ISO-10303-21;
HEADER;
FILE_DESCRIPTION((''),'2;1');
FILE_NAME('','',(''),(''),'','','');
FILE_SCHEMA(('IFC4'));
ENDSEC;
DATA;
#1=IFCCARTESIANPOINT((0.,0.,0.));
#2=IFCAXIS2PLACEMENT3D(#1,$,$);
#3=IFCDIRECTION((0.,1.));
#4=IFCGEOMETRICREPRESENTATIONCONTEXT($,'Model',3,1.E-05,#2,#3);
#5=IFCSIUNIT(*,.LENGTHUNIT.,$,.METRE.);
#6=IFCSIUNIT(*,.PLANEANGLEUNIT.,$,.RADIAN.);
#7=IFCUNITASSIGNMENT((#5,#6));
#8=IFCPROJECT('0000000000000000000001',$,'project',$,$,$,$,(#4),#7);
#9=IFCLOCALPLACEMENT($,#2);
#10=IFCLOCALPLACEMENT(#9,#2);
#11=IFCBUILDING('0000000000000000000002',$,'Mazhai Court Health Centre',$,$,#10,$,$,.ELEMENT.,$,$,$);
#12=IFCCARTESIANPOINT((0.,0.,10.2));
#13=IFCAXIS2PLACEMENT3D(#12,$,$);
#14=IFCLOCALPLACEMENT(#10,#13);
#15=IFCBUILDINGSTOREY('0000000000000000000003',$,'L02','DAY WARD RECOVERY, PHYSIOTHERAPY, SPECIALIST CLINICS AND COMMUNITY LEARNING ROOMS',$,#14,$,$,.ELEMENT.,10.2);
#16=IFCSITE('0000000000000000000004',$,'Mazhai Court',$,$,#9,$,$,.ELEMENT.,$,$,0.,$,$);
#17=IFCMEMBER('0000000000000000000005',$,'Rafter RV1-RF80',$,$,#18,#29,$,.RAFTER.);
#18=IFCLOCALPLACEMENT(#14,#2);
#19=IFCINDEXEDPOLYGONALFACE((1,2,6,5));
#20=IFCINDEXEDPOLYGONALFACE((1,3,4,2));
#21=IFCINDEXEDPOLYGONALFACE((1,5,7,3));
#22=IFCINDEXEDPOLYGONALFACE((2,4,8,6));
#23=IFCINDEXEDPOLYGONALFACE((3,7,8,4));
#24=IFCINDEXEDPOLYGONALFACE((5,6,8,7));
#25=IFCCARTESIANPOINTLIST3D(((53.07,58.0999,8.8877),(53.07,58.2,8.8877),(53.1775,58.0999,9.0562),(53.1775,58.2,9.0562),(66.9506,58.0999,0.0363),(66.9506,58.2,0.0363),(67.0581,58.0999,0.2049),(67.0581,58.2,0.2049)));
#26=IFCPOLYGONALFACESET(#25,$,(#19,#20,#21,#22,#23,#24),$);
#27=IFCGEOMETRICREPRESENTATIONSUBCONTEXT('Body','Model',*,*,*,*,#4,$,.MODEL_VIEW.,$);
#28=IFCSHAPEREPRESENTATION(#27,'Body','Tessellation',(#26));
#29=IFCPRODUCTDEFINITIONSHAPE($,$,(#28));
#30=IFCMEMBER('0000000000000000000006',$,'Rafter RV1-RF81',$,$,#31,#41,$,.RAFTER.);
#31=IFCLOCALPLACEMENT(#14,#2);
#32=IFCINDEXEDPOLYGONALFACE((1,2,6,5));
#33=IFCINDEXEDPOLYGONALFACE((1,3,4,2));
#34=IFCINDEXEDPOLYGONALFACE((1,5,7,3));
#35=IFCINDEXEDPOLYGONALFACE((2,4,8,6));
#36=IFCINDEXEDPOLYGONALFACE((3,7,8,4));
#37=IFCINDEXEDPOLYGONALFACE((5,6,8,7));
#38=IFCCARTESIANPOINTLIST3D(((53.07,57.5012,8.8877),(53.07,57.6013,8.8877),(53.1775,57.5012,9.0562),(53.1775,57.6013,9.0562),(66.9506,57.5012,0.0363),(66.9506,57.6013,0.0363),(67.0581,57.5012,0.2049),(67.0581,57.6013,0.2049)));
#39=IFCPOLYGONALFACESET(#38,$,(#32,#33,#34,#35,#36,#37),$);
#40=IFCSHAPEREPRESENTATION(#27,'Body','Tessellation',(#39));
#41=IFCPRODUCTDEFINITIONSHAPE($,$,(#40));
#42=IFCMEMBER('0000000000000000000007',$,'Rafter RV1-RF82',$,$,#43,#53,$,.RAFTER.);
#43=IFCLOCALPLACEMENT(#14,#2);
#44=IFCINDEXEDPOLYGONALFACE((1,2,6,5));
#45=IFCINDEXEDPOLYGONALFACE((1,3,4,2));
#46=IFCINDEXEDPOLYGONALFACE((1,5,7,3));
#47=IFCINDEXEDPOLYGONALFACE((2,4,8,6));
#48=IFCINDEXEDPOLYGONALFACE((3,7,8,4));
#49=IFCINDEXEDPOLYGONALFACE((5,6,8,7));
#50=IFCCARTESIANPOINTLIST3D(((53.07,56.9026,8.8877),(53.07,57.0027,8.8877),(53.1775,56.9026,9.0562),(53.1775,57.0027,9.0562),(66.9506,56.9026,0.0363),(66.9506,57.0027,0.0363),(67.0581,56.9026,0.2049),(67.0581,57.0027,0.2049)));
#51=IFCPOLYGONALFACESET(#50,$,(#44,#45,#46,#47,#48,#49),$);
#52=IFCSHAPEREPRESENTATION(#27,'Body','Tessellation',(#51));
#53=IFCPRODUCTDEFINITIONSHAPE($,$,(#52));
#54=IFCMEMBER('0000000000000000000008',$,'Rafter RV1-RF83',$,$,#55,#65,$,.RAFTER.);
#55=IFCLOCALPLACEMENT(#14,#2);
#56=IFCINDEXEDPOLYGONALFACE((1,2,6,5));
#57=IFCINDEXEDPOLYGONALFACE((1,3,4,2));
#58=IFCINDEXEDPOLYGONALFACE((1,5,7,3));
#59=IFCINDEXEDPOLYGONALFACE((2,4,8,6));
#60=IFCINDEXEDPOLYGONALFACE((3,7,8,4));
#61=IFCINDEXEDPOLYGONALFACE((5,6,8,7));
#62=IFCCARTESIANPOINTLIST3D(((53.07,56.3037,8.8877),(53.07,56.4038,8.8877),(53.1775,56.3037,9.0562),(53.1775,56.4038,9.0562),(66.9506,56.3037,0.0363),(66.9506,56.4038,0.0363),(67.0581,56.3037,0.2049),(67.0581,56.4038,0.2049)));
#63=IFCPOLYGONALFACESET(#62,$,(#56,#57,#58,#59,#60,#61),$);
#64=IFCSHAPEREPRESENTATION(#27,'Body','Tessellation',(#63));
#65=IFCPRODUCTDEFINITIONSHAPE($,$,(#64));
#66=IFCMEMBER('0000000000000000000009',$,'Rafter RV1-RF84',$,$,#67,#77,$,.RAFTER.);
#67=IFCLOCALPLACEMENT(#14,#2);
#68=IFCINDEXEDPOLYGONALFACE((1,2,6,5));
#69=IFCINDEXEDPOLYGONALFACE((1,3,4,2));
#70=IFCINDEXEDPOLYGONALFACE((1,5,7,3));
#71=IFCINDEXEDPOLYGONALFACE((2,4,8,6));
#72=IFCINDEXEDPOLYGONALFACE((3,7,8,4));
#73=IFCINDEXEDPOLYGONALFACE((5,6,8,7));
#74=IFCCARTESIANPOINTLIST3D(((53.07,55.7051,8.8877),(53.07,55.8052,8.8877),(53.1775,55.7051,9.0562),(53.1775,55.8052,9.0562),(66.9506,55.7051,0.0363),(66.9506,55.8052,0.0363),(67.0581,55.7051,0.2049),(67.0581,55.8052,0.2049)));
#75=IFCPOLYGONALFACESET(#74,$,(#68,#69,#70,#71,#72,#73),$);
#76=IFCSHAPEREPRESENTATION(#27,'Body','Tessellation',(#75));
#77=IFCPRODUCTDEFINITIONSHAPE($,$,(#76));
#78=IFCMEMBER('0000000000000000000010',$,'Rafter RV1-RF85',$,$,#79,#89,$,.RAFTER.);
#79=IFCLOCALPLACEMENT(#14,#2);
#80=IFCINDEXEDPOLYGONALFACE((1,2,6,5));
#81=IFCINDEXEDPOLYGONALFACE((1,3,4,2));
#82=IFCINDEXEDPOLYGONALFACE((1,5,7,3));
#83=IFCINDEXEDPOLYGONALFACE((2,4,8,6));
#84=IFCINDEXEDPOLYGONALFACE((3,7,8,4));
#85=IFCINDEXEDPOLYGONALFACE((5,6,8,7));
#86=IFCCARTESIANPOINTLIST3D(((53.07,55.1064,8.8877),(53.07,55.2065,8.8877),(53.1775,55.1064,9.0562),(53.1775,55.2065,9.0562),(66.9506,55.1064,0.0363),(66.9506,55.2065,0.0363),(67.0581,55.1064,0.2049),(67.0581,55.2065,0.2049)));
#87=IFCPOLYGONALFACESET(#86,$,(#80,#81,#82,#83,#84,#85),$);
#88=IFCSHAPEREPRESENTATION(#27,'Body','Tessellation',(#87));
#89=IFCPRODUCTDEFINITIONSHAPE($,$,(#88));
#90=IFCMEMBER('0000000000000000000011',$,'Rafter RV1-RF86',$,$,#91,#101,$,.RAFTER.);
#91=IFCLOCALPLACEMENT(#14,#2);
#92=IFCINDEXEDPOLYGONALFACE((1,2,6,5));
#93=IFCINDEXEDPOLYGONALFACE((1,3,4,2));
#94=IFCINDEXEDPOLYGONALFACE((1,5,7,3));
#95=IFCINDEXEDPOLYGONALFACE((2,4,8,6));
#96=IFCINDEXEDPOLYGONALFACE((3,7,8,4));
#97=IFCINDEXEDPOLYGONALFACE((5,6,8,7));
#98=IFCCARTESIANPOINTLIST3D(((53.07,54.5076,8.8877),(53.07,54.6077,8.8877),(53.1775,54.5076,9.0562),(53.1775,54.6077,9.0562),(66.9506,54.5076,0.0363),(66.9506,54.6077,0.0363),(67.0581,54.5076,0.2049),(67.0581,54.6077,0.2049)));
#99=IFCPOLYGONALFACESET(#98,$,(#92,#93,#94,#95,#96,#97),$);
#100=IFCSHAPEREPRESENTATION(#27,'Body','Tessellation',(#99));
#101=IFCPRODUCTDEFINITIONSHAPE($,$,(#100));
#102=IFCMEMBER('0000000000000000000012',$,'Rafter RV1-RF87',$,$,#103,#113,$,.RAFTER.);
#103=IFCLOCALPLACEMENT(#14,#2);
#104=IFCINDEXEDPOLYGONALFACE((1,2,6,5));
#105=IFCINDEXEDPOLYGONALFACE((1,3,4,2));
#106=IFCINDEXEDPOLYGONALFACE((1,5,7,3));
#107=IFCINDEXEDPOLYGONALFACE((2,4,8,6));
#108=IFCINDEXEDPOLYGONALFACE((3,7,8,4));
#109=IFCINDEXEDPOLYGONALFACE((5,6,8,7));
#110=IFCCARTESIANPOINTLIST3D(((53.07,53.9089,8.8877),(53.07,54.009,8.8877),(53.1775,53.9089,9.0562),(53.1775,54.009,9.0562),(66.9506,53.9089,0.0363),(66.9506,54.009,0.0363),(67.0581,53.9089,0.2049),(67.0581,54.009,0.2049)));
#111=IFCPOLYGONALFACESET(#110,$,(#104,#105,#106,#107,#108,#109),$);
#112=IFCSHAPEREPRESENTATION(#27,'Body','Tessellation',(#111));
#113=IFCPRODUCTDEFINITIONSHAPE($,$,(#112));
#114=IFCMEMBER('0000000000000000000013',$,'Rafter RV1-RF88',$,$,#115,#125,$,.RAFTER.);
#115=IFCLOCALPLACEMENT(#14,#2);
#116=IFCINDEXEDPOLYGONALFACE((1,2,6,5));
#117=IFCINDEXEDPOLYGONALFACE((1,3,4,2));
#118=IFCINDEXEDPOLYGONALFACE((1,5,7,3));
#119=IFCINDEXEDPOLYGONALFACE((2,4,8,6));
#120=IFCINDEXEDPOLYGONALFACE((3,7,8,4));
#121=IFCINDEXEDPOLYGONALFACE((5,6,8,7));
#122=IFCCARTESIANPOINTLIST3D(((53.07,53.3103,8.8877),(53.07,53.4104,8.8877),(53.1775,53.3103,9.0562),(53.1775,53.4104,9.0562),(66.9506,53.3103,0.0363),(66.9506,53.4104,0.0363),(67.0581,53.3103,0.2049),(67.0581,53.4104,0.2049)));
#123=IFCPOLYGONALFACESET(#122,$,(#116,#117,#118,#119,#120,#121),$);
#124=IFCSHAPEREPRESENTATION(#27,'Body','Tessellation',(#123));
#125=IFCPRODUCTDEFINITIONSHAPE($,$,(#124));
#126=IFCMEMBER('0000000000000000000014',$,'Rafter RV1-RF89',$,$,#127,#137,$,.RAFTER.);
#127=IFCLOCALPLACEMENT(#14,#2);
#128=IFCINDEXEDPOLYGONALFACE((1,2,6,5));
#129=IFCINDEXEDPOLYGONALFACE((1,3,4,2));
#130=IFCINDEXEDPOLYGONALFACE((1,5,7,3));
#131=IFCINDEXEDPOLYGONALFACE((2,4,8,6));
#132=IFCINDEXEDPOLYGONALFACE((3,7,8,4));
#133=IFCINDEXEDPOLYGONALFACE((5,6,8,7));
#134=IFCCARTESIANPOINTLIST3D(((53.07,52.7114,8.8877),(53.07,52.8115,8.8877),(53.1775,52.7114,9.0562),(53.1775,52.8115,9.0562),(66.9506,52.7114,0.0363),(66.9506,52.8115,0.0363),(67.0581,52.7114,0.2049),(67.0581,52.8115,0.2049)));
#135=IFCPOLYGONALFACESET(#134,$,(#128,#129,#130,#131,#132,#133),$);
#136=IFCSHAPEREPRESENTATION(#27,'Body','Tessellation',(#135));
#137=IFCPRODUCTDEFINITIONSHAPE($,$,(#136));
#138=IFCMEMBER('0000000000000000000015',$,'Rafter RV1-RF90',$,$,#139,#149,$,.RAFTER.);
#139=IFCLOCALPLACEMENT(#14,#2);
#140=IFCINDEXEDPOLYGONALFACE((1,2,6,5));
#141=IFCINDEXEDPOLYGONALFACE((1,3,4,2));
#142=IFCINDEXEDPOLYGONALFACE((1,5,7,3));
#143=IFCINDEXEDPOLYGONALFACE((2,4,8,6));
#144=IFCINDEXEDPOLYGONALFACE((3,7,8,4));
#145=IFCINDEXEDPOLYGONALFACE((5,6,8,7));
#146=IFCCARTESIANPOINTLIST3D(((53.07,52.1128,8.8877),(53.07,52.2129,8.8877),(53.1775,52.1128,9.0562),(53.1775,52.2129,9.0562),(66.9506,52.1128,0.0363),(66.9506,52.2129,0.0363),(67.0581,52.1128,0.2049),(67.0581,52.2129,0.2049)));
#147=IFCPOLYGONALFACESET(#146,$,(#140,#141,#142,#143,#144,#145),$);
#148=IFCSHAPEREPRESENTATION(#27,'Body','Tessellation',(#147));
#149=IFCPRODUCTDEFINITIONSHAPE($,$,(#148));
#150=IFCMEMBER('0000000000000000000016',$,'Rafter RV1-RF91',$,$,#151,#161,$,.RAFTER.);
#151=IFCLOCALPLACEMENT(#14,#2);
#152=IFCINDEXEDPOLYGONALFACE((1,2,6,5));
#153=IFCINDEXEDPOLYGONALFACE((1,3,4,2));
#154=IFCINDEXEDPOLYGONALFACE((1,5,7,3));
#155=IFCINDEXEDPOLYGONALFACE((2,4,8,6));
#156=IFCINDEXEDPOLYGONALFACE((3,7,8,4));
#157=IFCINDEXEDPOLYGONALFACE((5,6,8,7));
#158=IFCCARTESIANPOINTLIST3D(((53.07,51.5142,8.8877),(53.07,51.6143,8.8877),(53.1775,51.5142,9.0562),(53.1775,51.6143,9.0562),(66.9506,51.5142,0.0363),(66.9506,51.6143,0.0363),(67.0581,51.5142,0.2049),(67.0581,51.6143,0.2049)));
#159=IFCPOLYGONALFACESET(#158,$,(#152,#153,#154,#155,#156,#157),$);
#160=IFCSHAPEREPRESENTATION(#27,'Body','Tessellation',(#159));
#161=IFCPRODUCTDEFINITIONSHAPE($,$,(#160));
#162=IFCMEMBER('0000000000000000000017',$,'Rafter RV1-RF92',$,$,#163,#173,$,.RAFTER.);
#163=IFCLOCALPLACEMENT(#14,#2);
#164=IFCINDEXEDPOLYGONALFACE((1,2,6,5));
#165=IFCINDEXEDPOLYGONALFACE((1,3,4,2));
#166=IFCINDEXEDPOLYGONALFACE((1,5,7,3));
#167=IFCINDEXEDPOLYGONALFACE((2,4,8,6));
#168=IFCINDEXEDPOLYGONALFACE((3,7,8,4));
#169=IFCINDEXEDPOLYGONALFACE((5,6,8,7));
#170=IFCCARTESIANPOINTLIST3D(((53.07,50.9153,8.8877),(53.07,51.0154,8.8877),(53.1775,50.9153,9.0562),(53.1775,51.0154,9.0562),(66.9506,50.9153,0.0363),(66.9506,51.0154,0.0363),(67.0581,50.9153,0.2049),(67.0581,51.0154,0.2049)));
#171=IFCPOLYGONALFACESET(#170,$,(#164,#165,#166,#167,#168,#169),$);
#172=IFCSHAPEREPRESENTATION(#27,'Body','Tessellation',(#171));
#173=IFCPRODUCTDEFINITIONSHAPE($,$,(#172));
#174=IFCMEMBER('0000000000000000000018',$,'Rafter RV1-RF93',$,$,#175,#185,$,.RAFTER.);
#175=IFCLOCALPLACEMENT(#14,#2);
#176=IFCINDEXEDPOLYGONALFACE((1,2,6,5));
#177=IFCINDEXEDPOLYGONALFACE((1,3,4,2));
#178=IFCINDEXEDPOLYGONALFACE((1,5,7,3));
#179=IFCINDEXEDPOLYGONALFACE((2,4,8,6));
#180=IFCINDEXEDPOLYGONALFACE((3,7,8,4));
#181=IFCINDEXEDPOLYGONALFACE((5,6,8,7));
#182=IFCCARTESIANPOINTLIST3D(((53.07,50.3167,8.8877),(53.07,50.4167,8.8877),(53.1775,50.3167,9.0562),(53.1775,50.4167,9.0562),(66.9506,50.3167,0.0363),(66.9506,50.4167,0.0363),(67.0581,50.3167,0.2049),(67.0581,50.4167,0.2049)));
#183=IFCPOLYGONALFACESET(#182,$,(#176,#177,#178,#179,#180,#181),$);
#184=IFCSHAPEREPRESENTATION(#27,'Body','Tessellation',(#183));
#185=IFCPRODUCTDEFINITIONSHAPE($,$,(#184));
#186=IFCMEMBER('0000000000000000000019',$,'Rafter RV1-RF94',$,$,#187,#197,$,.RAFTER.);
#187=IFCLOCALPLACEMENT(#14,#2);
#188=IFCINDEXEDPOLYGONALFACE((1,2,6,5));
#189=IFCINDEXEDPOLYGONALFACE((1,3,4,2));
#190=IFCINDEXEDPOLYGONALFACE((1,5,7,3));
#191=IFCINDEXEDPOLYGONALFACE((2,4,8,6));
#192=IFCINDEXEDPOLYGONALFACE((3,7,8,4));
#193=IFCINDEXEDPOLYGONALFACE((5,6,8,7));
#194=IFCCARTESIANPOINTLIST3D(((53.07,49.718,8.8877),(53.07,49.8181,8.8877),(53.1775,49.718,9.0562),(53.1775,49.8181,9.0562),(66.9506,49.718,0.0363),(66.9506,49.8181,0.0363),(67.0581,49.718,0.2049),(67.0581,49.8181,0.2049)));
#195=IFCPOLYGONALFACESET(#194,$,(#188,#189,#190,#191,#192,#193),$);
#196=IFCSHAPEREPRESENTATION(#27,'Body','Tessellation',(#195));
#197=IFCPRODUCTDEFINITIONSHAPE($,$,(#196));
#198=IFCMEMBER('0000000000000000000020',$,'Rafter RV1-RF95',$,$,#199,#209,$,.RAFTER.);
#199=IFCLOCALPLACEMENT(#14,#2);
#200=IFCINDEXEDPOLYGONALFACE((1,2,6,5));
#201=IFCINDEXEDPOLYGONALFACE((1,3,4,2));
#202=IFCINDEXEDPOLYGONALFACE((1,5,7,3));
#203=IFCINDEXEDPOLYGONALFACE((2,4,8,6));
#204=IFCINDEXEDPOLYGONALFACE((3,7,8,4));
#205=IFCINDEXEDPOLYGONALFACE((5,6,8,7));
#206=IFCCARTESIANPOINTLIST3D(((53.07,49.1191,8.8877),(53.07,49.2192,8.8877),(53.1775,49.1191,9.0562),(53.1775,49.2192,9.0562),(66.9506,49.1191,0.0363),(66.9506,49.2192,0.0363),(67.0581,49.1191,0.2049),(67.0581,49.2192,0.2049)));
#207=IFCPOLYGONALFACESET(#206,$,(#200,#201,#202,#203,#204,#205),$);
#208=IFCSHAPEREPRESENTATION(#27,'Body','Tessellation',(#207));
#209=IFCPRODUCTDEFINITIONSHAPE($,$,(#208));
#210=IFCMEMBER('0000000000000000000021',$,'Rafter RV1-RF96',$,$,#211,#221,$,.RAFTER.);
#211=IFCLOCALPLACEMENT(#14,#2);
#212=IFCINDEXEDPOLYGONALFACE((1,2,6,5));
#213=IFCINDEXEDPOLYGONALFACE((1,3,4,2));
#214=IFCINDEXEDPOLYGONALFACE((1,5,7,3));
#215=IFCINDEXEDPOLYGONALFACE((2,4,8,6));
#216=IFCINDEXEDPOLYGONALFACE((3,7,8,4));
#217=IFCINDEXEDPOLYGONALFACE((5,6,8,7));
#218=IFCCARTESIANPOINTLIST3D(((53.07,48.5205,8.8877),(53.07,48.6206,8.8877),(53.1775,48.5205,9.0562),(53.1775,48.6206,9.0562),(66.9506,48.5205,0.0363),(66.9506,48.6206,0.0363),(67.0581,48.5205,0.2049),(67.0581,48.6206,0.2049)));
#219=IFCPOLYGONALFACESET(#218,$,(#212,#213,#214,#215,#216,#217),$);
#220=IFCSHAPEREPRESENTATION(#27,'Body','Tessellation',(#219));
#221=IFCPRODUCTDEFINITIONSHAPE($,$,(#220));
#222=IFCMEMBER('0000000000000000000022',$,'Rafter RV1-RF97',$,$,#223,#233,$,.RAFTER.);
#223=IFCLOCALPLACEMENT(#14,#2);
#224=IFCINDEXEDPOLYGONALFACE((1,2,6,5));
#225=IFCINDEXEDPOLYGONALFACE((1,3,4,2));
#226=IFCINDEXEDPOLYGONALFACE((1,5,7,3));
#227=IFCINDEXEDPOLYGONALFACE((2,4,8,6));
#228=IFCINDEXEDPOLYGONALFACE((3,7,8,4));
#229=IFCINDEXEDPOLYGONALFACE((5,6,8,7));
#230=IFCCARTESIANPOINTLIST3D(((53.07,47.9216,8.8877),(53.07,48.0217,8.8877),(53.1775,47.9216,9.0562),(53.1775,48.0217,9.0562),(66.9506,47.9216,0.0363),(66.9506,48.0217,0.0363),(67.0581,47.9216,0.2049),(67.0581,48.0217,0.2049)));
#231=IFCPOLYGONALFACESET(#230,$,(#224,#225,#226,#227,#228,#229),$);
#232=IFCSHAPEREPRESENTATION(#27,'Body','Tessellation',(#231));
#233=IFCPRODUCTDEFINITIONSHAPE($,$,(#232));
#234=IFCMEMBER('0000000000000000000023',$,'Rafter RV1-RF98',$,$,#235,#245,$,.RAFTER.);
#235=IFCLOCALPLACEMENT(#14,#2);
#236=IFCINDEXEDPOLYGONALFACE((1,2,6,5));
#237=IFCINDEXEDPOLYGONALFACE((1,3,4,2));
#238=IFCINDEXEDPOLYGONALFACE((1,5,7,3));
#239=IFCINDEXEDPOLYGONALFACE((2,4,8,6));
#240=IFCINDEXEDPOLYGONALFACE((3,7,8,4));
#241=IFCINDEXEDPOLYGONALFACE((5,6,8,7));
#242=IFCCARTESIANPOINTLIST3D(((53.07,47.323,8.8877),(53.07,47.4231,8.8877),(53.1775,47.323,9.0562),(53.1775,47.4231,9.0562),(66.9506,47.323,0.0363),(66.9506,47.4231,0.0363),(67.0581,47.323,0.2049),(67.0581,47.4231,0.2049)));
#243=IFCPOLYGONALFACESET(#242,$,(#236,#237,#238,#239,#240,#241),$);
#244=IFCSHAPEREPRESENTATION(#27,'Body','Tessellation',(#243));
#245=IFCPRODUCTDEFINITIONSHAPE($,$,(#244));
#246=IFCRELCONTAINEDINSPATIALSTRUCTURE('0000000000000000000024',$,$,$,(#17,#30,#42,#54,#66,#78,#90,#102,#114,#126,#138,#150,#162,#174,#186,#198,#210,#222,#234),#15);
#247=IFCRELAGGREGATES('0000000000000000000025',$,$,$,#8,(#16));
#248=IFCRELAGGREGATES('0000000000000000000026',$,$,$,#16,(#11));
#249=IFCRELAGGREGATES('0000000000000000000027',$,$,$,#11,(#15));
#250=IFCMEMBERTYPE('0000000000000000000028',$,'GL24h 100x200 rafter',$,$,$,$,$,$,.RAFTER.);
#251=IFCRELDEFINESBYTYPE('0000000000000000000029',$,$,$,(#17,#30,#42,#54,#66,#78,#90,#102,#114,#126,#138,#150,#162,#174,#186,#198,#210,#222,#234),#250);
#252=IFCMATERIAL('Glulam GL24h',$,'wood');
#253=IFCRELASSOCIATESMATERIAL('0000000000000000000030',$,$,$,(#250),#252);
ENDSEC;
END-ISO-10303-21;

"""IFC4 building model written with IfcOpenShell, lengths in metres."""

from ifc_helpers import new_model, si_unit, direction, frame, origin, origin_2d, place, context, subcontext, project, spatial, rectangle, extrude, material, material_profile, profile_set, type_object, element, save


model = new_model("IFC4")

# Units and contexts
model_context = context("Model", 3, precision=1e-05, world=origin(), true_north=direction((0.0, 1.0)))
body_context = subcontext(model_context, "Body", "Model", "MODEL_VIEW")
ifc_project = project(units=[si_unit("LENGTHUNIT", "METRE"), si_unit("PLANEANGLEUNIT", "RADIAN")], contexts=[model_context])

# Site, building, storey
site_placement = place(None, origin())
site = spatial("IfcSite", under=ifc_project, at=site_placement, Name="Mazhai Court", CompositionType="ELEMENT", RefElevation=0.0)
building_placement = place(site_placement, origin())
building = spatial("IfcBuilding", under=site, at=building_placement, Name="Mazhai Court Health Centre", CompositionType="ELEMENT")
storey_placement = place(building_placement, frame((0.0, 0.0, 10.2)))
storey = spatial("IfcBuildingStorey", under=building, at=storey_placement, Name="L02", Description="DAY WARD RECOVERY, PHYSIOTHERAPY, SPECIALIST CLINICS AND COMMUNITY LEARNING ROOMS", CompositionType="ELEMENT", Elevation=10.2)

# Members
ifc_material_1 = material(Name="Glulam GL24h", Category="wood")
ifc_material_profile_1 = material_profile(ifc_material_1, rectangle(XDim=0.1001, YDim=0.2, at=origin_2d()), Name="GL24h 100x200")
ifc_profile_set_1 = profile_set([ifc_material_profile_1], Name="Glulam GL24h")
member_type_1 = type_object("IfcMemberType", Name="GL24h 100x200 rafter", PredefinedType="RAFTER", material=ifc_profile_set_1)
for number, where, z_axis, x_axis, name in (
    (1, (67.0044, 58.1499, 0.1206), (-0.84316, 0.0, 0.537662), (0.0, -1.0, 0.0), "Rafter RV1-RF80"),
    (2, (67.0044, 57.5513, 0.1206), (-0.84316, 0.0, 0.537662), (0.0, -1.0, 0.0), "Rafter RV1-RF81"),
    (3, (67.0044, 56.9526, 0.1206), (-0.84316, 0.0, 0.537662), (0.0, -1.0, 0.0), "Rafter RV1-RF82"),
    (4, (67.0044, 56.3538, 0.1206), (-0.84316, 0.0, 0.537662), (0.0, -1.0, 0.0), "Rafter RV1-RF83"),
    (5, (67.0044, 55.7551, 0.1206), (-0.84316, 0.0, 0.537662), (0.0, -1.0, 0.0), "Rafter RV1-RF84"),
    (6, (67.0044, 55.1565, 0.1206), (-0.84316, 0.0, 0.537662), (0.0, -1.0, 0.0), "Rafter RV1-RF85"),
    (7, (67.0044, 54.5576, 0.1206), (-0.84316, 0.0, 0.537662), (0.0, -1.0, 0.0), "Rafter RV1-RF86"),
    (8, (67.0044, 53.959, 0.1206), (-0.84316, 0.0, 0.537662), (0.0, -1.0, 0.0), "Rafter RV1-RF87"),
    (9, (67.0044, 53.3604, 0.1206), (-0.84316, 0.0, 0.537662), (0.0, -1.0, 0.0), "Rafter RV1-RF88"),
    (10, (67.0044, 52.7615, 0.1206), (-0.84316, 0.0, 0.537662), (0.0, -1.0, 0.0), "Rafter RV1-RF89"),
    (11, (67.0044, 52.1628, 0.1206), (-0.84316, 0.0, 0.537662), (0.0, -1.0, 0.0), "Rafter RV1-RF90"),
    (12, (67.0044, 51.5642, 0.1206), (-0.84316, 0.0, 0.537662), (0.0, -1.0, 0.0), "Rafter RV1-RF91"),
    (13, (67.0044, 50.9653, 0.1206), (-0.84316, 0.0, 0.537662), (0.0, -1.0, 0.0), "Rafter RV1-RF92"),
    (14, (67.0044, 50.3667, 0.1206), (-0.84316, 0.0, 0.537662), (0.0, -1.0, 0.0), "Rafter RV1-RF93"),
    (15, (67.0044, 49.7681, 0.1206), (-0.84316, 0.0, 0.537662), (0.0, -1.0, 0.0), "Rafter RV1-RF94"),
    (16, (67.0044, 49.1692, 0.1206), (-0.84316, 0.0, 0.537662), (0.0, -1.0, 0.0), "Rafter RV1-RF95"),
    (17, (67.0044, 48.5706, 0.1206), (-0.84316, 0.0, 0.537662), (0.0, -1.0, 0.0), "Rafter RV1-RF96"),
    (18, (67.0044, 47.9717, 0.1206), (-0.84316, 0.0, 0.537662), (0.0, -1.0, 0.0), "Rafter RV1-RF97"),
    (19, (67.0044, 47.373, 0.1206), (-0.84316, 0.0, 0.537662), (0.0, -1.0, 0.0), "Rafter RV1-RF98"),
):
    element("IfcMember", number, at=place(storey_placement, frame(where, z_axis=z_axis, x_axis=x_axis)), inside=storey, type_object=member_type_1, Name=name, PredefinedType="RAFTER", context=body_context, shape_type="SweptSolid", body=[
        extrude(rectangle(XDim=0.1001, YDim=0.2, at=origin_2d()), origin(), (0.0, 0.0, 1.0), 16.4626),
    ])

save(model, "model.ifc")
